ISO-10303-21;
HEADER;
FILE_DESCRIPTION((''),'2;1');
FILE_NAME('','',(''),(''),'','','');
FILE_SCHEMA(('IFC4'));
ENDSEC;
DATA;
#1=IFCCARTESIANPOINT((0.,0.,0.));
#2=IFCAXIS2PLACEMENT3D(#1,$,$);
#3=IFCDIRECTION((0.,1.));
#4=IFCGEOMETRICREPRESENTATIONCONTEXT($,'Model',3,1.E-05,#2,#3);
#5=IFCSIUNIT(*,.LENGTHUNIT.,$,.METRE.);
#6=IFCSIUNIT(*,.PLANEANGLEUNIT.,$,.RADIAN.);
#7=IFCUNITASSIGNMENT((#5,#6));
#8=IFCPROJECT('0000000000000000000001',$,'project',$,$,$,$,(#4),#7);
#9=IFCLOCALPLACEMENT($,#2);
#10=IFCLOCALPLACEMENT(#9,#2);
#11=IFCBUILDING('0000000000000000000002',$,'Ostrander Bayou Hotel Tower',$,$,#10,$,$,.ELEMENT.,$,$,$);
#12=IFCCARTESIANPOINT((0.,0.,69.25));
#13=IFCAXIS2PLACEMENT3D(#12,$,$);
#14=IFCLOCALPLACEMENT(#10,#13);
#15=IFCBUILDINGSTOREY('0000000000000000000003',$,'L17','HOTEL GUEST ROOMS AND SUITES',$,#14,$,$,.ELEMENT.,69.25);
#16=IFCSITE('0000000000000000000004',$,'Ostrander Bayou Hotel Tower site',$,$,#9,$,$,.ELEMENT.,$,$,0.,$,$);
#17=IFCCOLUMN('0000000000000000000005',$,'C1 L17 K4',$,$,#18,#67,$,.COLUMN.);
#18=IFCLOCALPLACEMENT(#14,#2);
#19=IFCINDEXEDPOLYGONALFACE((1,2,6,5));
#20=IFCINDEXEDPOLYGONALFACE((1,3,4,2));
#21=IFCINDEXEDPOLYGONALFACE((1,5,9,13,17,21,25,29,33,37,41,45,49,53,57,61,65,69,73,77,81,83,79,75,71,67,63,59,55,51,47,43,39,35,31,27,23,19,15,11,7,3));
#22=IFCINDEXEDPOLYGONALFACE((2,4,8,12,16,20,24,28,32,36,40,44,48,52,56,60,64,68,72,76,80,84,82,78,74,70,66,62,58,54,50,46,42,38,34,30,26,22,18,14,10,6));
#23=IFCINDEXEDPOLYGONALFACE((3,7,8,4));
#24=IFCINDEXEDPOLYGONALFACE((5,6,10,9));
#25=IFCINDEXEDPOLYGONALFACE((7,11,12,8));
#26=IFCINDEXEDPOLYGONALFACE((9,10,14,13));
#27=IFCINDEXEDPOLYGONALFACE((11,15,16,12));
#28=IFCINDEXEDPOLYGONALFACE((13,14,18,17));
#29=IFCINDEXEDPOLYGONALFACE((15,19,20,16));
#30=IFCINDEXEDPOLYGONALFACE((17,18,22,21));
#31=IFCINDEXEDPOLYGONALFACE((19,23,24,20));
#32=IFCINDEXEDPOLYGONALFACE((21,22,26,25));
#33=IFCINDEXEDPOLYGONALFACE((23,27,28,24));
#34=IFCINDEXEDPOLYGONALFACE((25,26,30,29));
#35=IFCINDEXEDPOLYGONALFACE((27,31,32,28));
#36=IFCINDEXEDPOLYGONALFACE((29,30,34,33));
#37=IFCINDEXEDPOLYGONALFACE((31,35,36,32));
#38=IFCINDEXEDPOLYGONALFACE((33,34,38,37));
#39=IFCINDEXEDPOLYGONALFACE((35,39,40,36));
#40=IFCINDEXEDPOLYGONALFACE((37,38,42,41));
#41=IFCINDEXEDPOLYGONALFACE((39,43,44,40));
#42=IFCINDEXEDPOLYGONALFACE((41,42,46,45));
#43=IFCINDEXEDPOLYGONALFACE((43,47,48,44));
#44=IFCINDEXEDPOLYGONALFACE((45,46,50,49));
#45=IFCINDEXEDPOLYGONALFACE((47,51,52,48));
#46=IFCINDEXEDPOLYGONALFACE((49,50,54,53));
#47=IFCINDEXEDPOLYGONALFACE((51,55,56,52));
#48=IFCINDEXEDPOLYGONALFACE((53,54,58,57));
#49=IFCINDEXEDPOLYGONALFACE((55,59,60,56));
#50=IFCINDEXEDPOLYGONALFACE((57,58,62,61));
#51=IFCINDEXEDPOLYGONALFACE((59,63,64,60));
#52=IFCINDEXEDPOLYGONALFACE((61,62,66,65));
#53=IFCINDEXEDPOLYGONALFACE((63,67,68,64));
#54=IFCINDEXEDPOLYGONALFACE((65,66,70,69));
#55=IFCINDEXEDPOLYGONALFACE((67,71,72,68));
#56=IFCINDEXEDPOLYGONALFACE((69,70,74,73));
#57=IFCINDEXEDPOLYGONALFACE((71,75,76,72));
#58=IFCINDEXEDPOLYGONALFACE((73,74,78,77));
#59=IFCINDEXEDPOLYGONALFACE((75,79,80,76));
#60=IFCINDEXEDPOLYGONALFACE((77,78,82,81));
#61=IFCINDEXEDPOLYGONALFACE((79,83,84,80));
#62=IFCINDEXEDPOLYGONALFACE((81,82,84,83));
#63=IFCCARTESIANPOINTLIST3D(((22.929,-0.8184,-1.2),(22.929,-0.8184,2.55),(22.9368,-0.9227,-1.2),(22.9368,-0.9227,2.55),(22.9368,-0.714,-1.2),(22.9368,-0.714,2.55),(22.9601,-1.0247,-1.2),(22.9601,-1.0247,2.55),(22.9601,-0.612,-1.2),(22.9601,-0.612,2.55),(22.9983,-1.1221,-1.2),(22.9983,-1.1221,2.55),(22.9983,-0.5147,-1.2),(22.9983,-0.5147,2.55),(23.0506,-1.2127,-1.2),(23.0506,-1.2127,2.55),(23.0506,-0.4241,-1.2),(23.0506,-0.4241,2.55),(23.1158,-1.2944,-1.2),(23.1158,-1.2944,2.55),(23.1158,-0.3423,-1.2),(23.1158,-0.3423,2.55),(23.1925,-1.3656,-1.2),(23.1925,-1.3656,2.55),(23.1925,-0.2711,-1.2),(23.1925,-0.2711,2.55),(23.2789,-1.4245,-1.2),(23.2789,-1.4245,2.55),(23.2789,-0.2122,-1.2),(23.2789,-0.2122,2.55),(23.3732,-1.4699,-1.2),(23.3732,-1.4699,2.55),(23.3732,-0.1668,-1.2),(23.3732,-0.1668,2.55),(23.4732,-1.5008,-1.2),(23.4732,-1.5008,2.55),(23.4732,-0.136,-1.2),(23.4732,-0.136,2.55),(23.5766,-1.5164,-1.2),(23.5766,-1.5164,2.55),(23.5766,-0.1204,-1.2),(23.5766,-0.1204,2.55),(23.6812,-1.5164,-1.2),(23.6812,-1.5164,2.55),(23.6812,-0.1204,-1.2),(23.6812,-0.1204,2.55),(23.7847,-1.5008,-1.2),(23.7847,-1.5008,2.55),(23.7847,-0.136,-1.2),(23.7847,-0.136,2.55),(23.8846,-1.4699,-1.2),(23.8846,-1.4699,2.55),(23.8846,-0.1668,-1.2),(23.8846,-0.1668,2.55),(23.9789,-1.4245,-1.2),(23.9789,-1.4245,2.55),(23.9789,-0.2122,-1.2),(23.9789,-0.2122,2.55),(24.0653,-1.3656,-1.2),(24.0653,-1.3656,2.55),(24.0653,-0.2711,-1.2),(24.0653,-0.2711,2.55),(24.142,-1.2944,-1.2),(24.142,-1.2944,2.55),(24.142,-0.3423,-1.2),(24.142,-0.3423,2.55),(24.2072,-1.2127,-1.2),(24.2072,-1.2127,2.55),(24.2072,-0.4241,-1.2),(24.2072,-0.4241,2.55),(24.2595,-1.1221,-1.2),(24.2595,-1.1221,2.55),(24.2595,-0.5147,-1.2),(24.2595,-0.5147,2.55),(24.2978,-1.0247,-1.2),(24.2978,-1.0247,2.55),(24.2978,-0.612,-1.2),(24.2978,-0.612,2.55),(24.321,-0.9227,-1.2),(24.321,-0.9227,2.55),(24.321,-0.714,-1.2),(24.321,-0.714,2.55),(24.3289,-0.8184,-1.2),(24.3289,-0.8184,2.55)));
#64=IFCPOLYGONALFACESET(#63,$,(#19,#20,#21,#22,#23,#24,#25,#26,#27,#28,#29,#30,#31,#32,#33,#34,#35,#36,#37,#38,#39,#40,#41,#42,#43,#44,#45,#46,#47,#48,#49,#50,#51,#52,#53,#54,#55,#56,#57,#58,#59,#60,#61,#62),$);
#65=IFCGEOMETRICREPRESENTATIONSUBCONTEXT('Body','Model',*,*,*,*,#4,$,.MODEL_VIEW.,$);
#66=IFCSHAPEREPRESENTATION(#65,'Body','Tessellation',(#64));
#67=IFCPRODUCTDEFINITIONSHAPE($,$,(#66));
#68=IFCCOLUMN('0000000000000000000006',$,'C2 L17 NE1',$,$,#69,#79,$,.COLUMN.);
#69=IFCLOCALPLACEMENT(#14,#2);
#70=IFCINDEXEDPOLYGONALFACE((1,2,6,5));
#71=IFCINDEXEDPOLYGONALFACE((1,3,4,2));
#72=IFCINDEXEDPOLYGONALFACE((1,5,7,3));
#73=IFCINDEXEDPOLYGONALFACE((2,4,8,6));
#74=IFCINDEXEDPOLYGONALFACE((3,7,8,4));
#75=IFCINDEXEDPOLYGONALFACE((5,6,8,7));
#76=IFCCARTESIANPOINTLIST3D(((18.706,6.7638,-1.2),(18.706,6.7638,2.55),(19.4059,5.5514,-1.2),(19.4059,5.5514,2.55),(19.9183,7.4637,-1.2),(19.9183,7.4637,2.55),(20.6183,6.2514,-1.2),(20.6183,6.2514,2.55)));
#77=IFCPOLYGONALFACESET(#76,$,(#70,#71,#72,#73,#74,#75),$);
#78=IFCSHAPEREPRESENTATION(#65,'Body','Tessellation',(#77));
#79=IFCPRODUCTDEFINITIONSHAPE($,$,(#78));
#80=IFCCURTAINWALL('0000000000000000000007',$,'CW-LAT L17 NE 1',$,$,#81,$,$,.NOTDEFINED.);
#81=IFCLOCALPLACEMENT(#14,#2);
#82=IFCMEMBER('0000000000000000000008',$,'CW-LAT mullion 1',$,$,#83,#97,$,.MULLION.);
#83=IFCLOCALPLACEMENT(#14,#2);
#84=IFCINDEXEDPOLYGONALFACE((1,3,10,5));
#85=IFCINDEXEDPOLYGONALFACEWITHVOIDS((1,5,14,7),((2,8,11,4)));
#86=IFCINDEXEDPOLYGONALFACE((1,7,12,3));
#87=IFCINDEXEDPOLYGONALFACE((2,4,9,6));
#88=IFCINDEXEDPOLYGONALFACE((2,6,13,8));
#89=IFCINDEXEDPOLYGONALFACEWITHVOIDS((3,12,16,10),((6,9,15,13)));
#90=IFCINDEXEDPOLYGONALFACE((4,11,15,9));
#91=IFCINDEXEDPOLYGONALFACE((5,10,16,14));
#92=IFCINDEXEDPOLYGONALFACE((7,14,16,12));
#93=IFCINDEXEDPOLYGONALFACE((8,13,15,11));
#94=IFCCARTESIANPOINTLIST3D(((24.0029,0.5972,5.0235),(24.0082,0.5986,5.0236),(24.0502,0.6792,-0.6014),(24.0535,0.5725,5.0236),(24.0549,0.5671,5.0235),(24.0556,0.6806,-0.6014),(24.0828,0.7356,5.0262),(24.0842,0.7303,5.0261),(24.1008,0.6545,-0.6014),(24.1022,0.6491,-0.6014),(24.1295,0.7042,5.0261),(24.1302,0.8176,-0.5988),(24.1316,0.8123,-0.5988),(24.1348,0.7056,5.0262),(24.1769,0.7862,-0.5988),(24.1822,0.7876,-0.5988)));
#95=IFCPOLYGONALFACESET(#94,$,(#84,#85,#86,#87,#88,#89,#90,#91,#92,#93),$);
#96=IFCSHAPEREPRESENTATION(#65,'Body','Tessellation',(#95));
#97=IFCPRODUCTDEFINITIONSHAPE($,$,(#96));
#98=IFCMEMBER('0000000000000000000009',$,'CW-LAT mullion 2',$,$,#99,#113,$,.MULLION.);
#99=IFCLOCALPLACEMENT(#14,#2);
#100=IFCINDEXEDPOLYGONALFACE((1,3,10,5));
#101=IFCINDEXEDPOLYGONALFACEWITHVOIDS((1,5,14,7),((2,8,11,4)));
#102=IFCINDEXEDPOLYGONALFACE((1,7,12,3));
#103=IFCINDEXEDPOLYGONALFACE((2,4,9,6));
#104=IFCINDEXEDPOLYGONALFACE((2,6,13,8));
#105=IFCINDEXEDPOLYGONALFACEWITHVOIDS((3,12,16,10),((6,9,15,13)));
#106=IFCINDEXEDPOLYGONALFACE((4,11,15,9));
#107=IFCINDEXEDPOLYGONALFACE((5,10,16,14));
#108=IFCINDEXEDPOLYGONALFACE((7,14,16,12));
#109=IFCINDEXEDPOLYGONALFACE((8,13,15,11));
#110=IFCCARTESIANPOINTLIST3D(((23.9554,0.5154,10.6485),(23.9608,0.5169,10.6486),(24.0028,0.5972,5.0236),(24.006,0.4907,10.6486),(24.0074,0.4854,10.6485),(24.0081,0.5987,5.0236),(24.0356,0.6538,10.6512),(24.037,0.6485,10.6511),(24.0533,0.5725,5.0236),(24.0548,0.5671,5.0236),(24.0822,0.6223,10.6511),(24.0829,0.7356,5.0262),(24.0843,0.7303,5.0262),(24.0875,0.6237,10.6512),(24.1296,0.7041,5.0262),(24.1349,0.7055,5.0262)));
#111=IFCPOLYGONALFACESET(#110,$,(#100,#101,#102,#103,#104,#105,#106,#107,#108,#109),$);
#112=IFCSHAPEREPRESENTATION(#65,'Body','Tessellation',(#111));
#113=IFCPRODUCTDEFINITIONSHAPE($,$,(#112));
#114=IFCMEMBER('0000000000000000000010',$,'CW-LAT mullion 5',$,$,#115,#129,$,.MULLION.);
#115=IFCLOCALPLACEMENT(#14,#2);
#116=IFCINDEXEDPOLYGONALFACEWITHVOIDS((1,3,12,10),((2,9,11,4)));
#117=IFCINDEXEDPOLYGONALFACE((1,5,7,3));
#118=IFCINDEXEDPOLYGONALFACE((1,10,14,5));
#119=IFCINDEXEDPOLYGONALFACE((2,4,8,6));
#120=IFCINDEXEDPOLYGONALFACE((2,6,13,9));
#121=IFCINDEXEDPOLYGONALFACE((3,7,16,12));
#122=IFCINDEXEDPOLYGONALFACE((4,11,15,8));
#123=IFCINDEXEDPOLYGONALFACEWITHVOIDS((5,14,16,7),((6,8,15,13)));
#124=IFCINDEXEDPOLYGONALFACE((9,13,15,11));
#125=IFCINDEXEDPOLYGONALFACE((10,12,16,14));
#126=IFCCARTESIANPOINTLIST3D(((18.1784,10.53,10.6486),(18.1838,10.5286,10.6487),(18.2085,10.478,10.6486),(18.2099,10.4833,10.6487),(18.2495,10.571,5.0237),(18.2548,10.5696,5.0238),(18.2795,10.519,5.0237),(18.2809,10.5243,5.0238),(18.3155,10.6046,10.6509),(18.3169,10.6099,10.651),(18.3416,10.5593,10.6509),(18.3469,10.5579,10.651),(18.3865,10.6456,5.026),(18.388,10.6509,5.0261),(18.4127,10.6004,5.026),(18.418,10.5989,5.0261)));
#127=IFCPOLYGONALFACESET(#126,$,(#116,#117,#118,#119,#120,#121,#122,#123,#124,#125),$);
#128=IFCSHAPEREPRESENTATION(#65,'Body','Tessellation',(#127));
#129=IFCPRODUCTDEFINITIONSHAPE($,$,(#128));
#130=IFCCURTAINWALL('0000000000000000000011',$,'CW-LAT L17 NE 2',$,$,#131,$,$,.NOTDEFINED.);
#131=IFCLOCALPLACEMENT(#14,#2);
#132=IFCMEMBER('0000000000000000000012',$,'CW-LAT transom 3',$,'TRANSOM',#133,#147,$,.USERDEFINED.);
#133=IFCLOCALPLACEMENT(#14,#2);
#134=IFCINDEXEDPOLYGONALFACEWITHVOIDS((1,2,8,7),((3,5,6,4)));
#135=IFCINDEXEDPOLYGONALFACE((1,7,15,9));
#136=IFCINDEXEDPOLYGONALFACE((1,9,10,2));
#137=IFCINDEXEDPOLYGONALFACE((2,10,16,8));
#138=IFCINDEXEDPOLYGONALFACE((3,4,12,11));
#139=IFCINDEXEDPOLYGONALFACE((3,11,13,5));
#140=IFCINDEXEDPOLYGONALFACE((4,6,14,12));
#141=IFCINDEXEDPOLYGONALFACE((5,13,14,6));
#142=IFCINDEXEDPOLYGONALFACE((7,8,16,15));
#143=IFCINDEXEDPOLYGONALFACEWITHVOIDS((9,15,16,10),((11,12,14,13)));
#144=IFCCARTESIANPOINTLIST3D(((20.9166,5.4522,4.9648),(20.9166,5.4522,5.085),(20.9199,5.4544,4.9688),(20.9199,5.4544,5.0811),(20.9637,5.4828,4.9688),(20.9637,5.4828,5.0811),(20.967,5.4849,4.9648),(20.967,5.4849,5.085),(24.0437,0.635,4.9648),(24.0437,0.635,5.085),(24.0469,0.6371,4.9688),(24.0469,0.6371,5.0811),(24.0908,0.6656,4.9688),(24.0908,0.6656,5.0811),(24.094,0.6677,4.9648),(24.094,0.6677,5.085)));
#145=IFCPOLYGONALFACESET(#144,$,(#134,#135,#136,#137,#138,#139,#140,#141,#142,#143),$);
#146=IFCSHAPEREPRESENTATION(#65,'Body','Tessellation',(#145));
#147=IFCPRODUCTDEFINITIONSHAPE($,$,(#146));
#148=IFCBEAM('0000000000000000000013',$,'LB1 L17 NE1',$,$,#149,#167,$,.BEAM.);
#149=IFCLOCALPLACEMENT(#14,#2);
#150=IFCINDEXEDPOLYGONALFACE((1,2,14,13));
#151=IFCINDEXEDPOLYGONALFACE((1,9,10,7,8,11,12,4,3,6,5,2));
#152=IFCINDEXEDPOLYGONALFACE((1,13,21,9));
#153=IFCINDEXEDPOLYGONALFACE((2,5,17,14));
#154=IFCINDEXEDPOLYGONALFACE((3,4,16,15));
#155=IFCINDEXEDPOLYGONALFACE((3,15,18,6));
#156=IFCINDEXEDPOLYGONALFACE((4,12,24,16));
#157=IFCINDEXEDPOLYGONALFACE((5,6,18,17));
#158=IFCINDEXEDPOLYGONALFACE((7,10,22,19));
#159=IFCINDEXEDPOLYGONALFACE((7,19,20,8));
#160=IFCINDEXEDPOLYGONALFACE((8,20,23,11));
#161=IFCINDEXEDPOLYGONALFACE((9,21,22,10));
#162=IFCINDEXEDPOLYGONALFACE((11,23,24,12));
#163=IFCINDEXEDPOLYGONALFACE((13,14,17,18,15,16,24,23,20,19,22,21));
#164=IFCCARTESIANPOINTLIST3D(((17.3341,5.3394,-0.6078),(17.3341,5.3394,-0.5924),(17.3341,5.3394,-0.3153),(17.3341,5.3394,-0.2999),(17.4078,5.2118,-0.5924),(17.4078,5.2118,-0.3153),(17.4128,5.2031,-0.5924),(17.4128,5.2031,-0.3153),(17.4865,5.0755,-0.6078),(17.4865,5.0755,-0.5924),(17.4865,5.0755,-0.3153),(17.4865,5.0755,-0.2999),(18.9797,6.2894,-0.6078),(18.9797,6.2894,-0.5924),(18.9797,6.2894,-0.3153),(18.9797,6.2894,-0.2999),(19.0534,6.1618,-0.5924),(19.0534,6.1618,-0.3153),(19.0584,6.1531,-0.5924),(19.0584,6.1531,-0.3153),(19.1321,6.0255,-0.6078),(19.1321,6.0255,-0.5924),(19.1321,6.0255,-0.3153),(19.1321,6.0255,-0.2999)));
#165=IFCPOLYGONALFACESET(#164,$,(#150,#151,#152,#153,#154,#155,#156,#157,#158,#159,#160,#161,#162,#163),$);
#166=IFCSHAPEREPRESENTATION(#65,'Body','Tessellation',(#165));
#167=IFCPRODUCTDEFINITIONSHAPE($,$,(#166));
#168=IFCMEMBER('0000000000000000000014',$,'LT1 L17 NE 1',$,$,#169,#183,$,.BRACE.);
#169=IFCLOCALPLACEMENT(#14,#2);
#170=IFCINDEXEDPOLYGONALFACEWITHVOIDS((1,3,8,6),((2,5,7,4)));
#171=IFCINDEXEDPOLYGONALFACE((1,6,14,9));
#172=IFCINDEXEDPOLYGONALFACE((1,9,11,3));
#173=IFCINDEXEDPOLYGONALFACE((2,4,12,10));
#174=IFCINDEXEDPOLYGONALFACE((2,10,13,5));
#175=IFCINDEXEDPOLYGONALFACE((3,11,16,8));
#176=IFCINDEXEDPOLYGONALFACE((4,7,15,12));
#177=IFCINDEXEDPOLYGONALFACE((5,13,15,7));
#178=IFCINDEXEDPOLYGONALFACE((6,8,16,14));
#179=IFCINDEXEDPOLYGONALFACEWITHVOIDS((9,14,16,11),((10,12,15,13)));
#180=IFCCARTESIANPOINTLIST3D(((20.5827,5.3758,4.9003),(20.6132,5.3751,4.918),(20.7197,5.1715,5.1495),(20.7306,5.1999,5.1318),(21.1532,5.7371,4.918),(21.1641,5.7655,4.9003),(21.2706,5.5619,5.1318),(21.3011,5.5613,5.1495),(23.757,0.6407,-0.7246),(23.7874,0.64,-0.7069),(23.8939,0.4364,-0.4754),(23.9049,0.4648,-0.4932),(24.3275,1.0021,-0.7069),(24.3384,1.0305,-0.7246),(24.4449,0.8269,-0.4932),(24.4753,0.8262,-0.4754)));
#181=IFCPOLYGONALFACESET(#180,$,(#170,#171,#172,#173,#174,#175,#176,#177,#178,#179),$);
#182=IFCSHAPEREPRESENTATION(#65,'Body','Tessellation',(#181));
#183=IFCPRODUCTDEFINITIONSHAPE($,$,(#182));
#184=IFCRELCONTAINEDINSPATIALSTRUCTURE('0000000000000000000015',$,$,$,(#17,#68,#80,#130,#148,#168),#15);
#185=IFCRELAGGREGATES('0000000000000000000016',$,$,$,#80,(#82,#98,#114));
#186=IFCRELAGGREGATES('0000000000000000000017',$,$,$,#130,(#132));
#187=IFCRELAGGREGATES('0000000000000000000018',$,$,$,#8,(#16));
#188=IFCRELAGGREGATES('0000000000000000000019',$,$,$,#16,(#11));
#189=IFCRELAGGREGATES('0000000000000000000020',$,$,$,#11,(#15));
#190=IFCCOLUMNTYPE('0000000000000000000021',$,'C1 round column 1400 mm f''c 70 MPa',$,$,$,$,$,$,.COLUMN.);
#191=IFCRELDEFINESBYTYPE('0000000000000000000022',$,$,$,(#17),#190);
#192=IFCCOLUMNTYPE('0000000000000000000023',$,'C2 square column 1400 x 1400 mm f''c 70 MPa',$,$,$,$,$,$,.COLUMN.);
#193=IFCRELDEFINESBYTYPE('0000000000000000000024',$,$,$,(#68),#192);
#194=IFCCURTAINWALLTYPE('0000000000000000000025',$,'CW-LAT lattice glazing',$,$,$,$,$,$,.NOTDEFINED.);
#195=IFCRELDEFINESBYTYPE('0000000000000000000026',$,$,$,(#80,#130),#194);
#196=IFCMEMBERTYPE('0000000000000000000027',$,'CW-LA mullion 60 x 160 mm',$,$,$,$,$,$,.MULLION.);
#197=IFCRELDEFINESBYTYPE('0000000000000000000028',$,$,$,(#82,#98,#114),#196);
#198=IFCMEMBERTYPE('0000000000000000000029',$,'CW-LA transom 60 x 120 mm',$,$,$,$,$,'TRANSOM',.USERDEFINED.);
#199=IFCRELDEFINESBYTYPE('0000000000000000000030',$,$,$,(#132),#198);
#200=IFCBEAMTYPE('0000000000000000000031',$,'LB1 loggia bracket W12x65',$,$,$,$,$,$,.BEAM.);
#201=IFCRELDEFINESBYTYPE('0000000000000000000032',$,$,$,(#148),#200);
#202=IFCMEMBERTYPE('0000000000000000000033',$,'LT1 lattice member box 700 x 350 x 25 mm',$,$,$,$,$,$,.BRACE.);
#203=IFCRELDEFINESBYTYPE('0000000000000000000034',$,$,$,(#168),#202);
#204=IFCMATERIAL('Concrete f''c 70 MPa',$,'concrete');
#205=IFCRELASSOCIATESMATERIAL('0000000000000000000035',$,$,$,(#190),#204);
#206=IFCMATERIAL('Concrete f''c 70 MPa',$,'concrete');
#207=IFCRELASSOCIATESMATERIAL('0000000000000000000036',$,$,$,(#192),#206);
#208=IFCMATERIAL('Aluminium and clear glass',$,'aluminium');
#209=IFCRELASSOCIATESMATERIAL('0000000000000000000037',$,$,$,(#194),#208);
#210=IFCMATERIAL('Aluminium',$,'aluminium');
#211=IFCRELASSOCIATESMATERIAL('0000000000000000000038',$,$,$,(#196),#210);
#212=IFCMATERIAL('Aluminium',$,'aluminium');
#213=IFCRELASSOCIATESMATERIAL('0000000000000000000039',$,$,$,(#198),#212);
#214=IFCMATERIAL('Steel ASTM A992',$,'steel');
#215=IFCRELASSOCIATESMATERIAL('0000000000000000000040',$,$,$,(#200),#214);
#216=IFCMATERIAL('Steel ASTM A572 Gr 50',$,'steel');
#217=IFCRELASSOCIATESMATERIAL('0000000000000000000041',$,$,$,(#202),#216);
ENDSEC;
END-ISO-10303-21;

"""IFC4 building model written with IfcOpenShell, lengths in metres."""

from ifc_helpers import new_model, si_unit, direction, frame, origin, origin_2d, place, context, subcontext, project, spatial, rectangle, hollow_rectangle, circle, i_section, extrude, material, material_profile, profile_set, type_object, element, aggregate, save


model = new_model("IFC4")

# Units and contexts
model_context = context("Model", 3, precision=1e-05, world=origin(), true_north=direction((0.0, 1.0)))
body_context = subcontext(model_context, "Body", "Model", "MODEL_VIEW")
ifc_project = project(units=[si_unit("LENGTHUNIT", "METRE"), si_unit("PLANEANGLEUNIT", "RADIAN")], contexts=[model_context])

# Site, building, storey
site_placement = place(None, origin())
site = spatial("IfcSite", under=ifc_project, at=site_placement, Name="Ostrander Bayou Hotel Tower site", CompositionType="ELEMENT", RefElevation=0.0)
building_placement = place(site_placement, origin())
building = spatial("IfcBuilding", under=site, at=building_placement, Name="Ostrander Bayou Hotel Tower", CompositionType="ELEMENT")
storey_placement = place(building_placement, frame((0.0, 0.0, 69.25)))
storey = spatial("IfcBuildingStorey", under=building, at=storey_placement, Name="L17", Description="HOTEL GUEST ROOMS AND SUITES", CompositionType="ELEMENT", Elevation=69.25)

# Columns
ifc_material_1 = material(Name="Concrete f'c 70 MPa", Category="concrete")
ifc_material_profile_1 = material_profile(ifc_material_1, circle(Radius=0.7, at=origin_2d()))
ifc_profile_set_1 = profile_set([ifc_material_profile_1], Name="Concrete f'c 70 MPa")
column_type_1 = type_object("IfcColumnType", Name="C1 round column 1400 mm f'c 70 MPa", PredefinedType="COLUMN", material=ifc_profile_set_1)
column_1_placement = place(storey_placement, frame((23.6289, -0.8184, -1.2), z_axis=(0.0, 0.0, 1.0), x_axis=(1.0, 0.0, 0.0)))
element("IfcColumn", 1, at=column_1_placement, inside=storey, type_object=column_type_1, Name="C1 L17 K4", PredefinedType="COLUMN", context=body_context, shape_type="SweptSolid", body=[
    extrude(circle(Radius=0.7, at=origin_2d()), origin(), (0.0, 0.0, 1.0), 3.75),
])
ifc_material_2 = material(Name="Concrete f'c 70 MPa", Category="concrete")
ifc_material_profile_2 = material_profile(ifc_material_2, rectangle(XDim=1.3999, YDim=1.3999, at=origin_2d()))
ifc_profile_set_2 = profile_set([ifc_material_profile_2], Name="Concrete f'c 70 MPa")
column_type_2 = type_object("IfcColumnType", Name="C2 square column 1400 x 1400 mm f'c 70 MPa", PredefinedType="COLUMN", material=ifc_profile_set_2)
column_2_placement = place(storey_placement, frame((19.6621, 6.5076, -1.2), z_axis=(0.0, 0.0, 1.0), x_axis=(0.5, -0.866025, 0.0)))
element("IfcColumn", 2, at=column_2_placement, inside=storey, type_object=column_type_2, Name="C2 L17 NE1", PredefinedType="COLUMN", context=body_context, shape_type="SweptSolid", body=[
    extrude(rectangle(XDim=1.3999, YDim=1.3999, at=origin_2d()), origin(), (0.0, 0.0, 1.0), 3.75),
])

# Curtain wall, members
ifc_material_3 = material(Name="Aluminium and clear glass", Category="aluminium")
curtain_wall_type = type_object("IfcCurtainWallType", Name="CW-LAT lattice glazing", PredefinedType="NOTDEFINED", material=ifc_material_3)
curtain_wall_1_placement = place(storey_placement, origin())
curtain_wall_1 = element("IfcCurtainWall", 3, at=curtain_wall_1_placement, inside=storey, type_object=curtain_wall_type, Name="CW-LAT L17 NE 1", PredefinedType="NOTDEFINED")
ifc_material_4 = material(Name="Aluminium", Category="aluminium")
ifc_material_profile_3 = material_profile(ifc_material_4, hollow_rectangle(XDim=0.0601, YDim=0.1599, WallThickness=0.0039, at=origin_2d()))
ifc_profile_set_3 = profile_set([ifc_material_profile_3], Name="Aluminium")
member_type_1 = type_object("IfcMemberType", Name="CW-LA mullion 60 x 160 mm", PredefinedType="MULLION", material=ifc_profile_set_3)
member_1_placement = place(storey_placement, frame((24.1162, 0.7334, -0.6001), z_axis=(-0.008419, -0.014581, 0.999858), x_axis=(0.866014, -0.50002, 0.0)))
member_1 = element("IfcMember", 4, at=member_1_placement, type_object=member_type_1, Name="CW-LAT mullion 1", PredefinedType="MULLION", context=body_context, shape_type="SweptSolid", body=[
    extrude(hollow_rectangle(XDim=0.0601, YDim=0.1599, WallThickness=0.0039, at=origin_2d()), origin(), (0.0, 0.0, 1.0), 5.6257),
])
member_2_placement = place(storey_placement, frame((24.0688, 0.6514, 5.0249), z_axis=(-0.008419, -0.014538, 0.999859), x_axis=(0.865367, -0.501138, 0.0)))
member_2 = element("IfcMember", 5, at=member_2_placement, type_object=member_type_1, Name="CW-LAT mullion 2", PredefinedType="MULLION", context=body_context, shape_type="SweptSolid", body=[
    extrude(hollow_rectangle(XDim=0.0601, YDim=0.1599, WallThickness=0.0039, at=origin_2d()), origin(), (0.0, 0.0, 1.0), 5.6257),
])
member_3_placement = place(storey_placement, frame((18.3337, 10.585, 5.0249), z_axis=(-0.012629, -0.007291, 0.999894), x_axis=(0.49998, -0.866037, 0.0)))
member_3 = element("IfcMember", 6, at=member_3_placement, type_object=member_type_1, Name="CW-LAT mullion 5", PredefinedType="MULLION", context=body_context, shape_type="SweptSolid", body=[
    extrude(hollow_rectangle(XDim=0.0601, YDim=0.1599, WallThickness=0.0039, at=origin_2d()), origin(), (0.0, 0.0, 1.0), 5.6255),
])

# Curtain wall, member
curtain_wall_2_placement = place(storey_placement, origin())
curtain_wall_2 = element("IfcCurtainWall", 7, at=curtain_wall_2_placement, inside=storey, type_object=curtain_wall_type, Name="CW-LAT L17 NE 2", PredefinedType="NOTDEFINED")
ifc_material_5 = material(Name="Aluminium", Category="aluminium")
ifc_material_profile_4 = material_profile(ifc_material_5, hollow_rectangle(XDim=0.0601, YDim=0.1201, WallThickness=0.0039, at=origin_2d()))
ifc_profile_set_4 = profile_set([ifc_material_profile_4], Name="Aluminium")
member_type_2 = type_object("IfcMemberType", Name="CW-LA transom 60 x 120 mm", ElementType="TRANSOM", PredefinedType="USERDEFINED", material=ifc_profile_set_4)
member_4_placement = place(storey_placement, frame((24.0688, 0.6514, 5.0249), z_axis=(-0.544476, 0.838777, 0.0), x_axis=(-0.838777, -0.544476, 0.0)))
member_4 = element("IfcMember", 8, at=member_4_placement, type_object=member_type_2, Name="CW-LAT transom 3", ObjectType="TRANSOM", PredefinedType="USERDEFINED", context=body_context, shape_type="SweptSolid", body=[
    extrude(hollow_rectangle(XDim=0.0601, YDim=0.1201, WallThickness=0.0039, at=origin_2d()), origin(), (0.0, 0.0, 1.0), 5.7432),
])

# Beam
ifc_material_6 = material(Name="Steel ASTM A992", Category="steel")
ifc_material_profile_5 = material_profile(ifc_material_6, i_section(OverallWidth=0.3047, OverallDepth=0.3079, WebThickness=0.01, FlangeThickness=0.0154, at=origin_2d()))
ifc_profile_set_5 = profile_set([ifc_material_profile_5], Name="Steel ASTM A992")
beam_type_1 = type_object("IfcBeamType", Name="LB1 loggia bracket W12x65", PredefinedType="BEAM", material=ifc_profile_set_5)
beam_1_placement = place(storey_placement, frame((19.0559, 6.1575, -0.4539), z_axis=(-0.866044, -0.499967, 0.0), x_axis=(0.499967, -0.866044, 0.0)))
element("IfcBeam", 9, at=beam_1_placement, inside=storey, type_object=beam_type_1, Name="LB1 L17 NE1", PredefinedType="BEAM", context=body_context, shape_type="SweptSolid", body=[
    extrude(i_section(OverallWidth=0.3047, OverallDepth=0.3079, WebThickness=0.01, FlangeThickness=0.0154, at=origin_2d()), origin(), (0.0, 0.0, 1.0), 1.9001),
])

# Member
ifc_material_7 = material(Name="Steel ASTM A572 Gr 50", Category="steel")
ifc_material_profile_6 = material_profile(ifc_material_7, hollow_rectangle(XDim=0.7, YDim=0.3501, WallThickness=0.0249, at=origin_2d()))
ifc_profile_set_6 = profile_set([ifc_material_profile_6], Name="Steel ASTM A572 Gr 50")
member_type_3 = type_object("IfcMemberType", Name="LT1 lattice member box 700 x 350 x 25 mm", PredefinedType="BRACE", material=ifc_profile_set_6)
member_5_placement = place(storey_placement, frame((20.9419, 5.4685, 5.0249), z_axis=(0.396362, -0.591251, -0.702367), x_axis=(0.830624, 0.556833, 0.0)))
element("IfcMember", 10, at=member_5_placement, inside=storey, type_object=member_type_3, Name="LT1 L17 NE 1", PredefinedType="BRACE", context=body_context, shape_type="SweptSolid", body=[
    extrude(hollow_rectangle(XDim=0.7, YDim=0.3501, WallThickness=0.0249, at=origin_2d()), origin(), (0.0, 0.0, 1.0), 8.0085),
])

aggregate(curtain_wall_1, [member_1, member_2, member_3])
aggregate(curtain_wall_2, [member_4])

save(model, "model.ifc")
